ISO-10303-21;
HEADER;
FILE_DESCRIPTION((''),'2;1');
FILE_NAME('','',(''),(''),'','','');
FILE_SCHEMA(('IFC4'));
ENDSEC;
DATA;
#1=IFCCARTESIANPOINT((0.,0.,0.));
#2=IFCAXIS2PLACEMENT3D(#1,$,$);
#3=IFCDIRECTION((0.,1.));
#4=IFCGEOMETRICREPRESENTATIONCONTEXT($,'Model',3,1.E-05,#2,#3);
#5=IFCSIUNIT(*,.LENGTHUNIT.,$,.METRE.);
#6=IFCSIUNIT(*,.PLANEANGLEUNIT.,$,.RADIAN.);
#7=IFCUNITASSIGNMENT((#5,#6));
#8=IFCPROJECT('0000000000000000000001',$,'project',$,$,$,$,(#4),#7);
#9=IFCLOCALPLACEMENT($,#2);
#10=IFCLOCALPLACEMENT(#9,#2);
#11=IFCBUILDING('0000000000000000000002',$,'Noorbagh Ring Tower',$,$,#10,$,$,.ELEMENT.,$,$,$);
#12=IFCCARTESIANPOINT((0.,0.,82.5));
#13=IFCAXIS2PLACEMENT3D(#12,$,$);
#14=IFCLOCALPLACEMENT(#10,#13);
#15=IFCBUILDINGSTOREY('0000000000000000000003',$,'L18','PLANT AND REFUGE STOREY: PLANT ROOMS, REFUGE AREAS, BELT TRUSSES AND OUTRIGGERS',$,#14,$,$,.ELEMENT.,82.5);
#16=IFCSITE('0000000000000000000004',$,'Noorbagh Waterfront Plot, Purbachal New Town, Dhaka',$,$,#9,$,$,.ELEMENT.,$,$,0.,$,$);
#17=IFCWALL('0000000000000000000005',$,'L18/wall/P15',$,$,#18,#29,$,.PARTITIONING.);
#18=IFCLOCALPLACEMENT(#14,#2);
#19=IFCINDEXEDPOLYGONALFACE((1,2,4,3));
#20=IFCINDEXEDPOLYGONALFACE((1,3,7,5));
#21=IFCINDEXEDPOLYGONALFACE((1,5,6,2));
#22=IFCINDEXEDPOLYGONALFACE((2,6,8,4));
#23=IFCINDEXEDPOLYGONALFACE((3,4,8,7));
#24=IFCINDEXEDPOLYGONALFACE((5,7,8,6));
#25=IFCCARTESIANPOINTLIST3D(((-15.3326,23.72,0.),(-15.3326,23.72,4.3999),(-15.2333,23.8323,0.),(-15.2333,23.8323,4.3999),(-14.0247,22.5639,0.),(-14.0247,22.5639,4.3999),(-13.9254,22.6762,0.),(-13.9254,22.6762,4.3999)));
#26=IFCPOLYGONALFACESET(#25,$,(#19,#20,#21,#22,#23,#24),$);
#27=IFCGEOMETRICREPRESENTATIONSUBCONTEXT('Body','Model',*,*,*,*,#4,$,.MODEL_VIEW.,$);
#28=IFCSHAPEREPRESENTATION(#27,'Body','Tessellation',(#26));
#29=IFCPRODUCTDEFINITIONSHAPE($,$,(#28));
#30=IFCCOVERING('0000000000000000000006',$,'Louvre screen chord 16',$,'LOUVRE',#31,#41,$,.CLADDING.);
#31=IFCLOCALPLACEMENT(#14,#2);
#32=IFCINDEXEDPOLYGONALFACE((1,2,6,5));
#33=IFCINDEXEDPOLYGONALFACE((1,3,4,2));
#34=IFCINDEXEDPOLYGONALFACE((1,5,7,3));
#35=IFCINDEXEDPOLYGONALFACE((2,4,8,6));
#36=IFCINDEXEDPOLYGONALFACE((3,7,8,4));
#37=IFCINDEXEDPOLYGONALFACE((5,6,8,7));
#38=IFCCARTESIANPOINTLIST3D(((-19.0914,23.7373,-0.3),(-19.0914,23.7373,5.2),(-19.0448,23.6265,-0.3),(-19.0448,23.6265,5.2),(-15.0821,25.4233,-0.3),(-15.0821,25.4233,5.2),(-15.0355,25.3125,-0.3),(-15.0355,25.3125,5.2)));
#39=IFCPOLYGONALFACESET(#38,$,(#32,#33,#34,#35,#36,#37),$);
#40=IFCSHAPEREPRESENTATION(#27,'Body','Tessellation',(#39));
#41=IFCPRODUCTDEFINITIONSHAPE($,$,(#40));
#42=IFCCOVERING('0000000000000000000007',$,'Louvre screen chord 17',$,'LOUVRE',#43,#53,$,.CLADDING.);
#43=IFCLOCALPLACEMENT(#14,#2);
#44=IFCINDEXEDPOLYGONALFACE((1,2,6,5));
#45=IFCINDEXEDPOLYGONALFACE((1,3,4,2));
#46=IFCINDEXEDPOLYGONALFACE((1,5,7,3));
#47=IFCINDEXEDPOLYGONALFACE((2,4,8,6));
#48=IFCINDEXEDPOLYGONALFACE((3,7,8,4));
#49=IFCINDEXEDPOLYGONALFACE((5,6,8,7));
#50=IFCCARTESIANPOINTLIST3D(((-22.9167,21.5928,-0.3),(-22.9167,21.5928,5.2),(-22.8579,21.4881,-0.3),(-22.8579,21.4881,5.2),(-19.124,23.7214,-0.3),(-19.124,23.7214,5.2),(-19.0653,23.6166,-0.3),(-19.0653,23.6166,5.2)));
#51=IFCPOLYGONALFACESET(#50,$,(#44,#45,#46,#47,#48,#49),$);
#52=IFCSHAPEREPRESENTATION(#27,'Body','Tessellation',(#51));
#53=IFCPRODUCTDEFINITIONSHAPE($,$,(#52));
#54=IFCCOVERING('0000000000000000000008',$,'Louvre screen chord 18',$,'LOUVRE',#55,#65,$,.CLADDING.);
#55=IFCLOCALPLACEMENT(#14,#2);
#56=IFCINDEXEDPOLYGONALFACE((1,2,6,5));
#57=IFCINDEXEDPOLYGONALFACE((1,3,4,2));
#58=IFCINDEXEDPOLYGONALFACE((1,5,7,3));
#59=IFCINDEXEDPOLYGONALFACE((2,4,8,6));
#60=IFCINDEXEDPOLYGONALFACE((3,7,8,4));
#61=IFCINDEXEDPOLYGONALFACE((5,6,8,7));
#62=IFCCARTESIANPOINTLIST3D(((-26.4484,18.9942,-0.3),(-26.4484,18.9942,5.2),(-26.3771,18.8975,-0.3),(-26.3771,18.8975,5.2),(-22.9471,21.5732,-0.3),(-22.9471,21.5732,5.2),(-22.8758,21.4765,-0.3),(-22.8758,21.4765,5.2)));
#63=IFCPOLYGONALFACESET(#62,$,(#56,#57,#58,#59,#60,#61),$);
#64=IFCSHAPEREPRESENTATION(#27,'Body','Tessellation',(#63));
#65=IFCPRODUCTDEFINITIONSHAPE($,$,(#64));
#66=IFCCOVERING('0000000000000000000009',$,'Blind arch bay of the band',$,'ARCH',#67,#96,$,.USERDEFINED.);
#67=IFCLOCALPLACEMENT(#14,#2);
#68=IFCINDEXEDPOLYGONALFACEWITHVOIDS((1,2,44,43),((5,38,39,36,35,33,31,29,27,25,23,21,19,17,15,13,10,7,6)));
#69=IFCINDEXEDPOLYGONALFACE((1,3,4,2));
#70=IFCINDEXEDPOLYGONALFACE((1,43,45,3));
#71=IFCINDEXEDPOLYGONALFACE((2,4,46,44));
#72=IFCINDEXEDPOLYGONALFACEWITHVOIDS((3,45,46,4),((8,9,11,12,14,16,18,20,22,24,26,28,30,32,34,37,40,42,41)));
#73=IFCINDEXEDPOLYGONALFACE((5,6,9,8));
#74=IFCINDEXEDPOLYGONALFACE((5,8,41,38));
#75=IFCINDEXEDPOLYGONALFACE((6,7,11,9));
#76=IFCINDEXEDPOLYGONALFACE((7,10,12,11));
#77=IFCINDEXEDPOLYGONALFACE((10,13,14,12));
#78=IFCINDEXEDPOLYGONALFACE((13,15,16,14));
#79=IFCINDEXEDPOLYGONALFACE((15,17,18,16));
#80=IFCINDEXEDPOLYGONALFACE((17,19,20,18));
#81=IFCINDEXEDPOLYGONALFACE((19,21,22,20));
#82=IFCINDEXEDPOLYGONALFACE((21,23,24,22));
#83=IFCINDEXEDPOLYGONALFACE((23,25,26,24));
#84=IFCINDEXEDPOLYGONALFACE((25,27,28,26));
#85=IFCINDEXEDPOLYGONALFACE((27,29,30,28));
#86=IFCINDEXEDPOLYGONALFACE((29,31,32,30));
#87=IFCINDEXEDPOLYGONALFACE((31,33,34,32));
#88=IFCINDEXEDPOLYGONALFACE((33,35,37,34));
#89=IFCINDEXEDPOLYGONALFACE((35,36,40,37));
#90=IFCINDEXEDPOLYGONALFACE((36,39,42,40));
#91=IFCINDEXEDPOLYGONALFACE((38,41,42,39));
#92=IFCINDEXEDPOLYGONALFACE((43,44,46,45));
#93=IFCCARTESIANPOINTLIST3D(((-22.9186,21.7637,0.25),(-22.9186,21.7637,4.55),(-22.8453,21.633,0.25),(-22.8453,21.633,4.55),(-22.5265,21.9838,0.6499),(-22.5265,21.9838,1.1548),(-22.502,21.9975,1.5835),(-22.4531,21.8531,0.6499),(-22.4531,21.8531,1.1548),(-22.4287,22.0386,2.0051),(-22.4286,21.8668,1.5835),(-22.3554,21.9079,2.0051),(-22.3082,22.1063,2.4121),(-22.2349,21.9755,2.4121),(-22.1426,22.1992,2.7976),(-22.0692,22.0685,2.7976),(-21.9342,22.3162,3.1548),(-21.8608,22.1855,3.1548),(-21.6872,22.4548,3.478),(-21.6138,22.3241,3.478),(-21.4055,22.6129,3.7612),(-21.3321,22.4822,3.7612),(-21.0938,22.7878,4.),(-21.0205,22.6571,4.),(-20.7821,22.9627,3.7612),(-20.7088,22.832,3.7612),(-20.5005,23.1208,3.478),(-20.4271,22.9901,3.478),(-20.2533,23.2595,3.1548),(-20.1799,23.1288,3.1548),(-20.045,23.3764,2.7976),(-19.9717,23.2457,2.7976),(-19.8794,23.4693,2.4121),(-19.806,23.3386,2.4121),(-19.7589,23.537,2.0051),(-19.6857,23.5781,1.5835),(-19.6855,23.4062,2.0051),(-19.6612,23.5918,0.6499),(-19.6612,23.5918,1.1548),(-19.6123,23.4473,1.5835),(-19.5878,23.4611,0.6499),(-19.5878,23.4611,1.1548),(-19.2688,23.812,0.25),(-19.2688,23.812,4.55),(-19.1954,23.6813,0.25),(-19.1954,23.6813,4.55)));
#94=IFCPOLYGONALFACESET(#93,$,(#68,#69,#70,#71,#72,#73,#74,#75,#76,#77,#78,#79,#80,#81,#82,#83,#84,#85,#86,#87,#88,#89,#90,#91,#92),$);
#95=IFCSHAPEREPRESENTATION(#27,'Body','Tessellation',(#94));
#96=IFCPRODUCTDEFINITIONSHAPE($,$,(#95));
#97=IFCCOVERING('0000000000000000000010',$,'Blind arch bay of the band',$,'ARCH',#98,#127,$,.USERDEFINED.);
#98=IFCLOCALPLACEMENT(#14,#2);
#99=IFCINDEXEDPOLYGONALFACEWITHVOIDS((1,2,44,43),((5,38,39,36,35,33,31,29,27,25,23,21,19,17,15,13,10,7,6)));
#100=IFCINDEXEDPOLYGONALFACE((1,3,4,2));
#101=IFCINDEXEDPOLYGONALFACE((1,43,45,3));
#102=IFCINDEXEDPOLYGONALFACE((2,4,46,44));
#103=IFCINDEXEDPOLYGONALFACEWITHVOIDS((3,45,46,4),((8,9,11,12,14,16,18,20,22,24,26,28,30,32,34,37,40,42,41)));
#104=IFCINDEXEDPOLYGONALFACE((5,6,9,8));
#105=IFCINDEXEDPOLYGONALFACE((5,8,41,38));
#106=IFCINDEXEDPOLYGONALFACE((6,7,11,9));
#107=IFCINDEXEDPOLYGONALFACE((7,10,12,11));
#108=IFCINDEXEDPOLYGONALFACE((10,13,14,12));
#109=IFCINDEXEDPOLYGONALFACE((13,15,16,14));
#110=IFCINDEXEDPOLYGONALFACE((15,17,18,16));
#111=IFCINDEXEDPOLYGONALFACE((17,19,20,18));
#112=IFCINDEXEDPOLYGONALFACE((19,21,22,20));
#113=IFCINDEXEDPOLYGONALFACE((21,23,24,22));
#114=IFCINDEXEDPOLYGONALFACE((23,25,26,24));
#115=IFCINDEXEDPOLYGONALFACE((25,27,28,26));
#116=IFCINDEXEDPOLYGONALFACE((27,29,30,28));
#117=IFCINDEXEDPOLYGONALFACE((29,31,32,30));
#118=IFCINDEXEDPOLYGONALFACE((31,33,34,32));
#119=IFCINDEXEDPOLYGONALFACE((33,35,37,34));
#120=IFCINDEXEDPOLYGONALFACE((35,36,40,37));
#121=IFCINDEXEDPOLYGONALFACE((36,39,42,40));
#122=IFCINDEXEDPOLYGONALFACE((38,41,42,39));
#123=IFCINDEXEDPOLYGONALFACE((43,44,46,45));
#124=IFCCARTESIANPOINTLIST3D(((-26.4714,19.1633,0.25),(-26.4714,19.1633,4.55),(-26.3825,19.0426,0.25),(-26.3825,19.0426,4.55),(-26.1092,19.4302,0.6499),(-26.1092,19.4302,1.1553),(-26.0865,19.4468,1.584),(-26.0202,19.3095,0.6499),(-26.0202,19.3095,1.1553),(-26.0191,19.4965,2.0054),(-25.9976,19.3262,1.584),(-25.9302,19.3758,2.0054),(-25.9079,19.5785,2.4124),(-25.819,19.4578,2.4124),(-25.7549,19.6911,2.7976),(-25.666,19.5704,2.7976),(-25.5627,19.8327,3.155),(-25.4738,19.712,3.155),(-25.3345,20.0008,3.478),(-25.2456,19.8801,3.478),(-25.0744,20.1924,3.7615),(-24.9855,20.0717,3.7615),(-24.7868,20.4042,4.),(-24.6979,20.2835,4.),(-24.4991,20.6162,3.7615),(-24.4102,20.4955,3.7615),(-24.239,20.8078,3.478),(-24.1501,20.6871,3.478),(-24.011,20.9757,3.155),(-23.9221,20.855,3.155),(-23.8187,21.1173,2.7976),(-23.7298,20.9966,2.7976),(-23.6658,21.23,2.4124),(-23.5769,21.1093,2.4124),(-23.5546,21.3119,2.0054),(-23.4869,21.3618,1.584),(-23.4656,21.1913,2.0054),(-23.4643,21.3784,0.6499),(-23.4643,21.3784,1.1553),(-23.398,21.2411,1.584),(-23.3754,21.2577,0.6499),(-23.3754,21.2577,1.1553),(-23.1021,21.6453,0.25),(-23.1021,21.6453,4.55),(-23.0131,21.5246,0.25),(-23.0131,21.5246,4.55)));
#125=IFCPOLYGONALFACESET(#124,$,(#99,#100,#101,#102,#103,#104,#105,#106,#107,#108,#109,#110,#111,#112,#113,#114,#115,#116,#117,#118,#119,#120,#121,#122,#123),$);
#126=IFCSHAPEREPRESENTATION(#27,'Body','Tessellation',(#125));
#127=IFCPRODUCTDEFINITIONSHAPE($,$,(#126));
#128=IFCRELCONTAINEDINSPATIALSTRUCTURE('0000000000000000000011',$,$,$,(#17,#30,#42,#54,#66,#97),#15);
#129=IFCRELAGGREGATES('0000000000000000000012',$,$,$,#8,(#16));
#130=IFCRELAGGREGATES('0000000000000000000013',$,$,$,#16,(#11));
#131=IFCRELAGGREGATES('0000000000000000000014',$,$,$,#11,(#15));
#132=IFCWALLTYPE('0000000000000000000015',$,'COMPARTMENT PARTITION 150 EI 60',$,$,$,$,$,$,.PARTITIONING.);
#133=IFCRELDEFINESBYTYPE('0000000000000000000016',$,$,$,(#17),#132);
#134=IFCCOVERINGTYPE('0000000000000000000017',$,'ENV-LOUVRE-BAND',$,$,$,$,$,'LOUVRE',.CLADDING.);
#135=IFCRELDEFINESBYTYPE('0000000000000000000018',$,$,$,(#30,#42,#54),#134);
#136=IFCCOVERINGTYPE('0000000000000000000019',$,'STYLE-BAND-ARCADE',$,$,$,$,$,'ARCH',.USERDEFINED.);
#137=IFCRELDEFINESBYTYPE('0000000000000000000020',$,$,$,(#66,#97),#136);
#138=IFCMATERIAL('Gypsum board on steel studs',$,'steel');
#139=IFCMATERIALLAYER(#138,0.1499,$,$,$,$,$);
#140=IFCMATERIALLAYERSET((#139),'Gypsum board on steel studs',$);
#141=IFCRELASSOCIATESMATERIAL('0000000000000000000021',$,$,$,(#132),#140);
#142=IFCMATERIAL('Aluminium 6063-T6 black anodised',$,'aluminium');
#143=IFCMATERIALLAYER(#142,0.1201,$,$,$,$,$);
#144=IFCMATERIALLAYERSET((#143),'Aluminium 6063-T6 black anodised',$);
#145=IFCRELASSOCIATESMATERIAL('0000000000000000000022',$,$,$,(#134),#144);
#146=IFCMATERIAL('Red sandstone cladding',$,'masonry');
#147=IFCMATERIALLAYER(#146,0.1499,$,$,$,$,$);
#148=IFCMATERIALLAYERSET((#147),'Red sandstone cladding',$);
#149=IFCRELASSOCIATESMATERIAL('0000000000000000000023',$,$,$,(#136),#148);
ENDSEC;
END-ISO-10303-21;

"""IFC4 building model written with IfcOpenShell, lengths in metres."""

from ifc_helpers import new_model, si_unit, direction, frame, frame_2d, origin, origin_2d, place, context, subcontext, project, spatial, polyline, rectangle, outline, extrude, material, layer, layer_set, type_object, element, save


model = new_model("IFC4")

# Units and contexts
model_context = context("Model", 3, precision=1e-05, world=origin(), true_north=direction((0.0, 1.0)))
body_context = subcontext(model_context, "Body", "Model", "MODEL_VIEW")
ifc_project = project(units=[si_unit("LENGTHUNIT", "METRE"), si_unit("PLANEANGLEUNIT", "RADIAN")], contexts=[model_context])

# Site, building, storey
site_placement = place(None, origin())
site = spatial("IfcSite", under=ifc_project, at=site_placement, Name="Noorbagh Waterfront Plot, Purbachal New Town, Dhaka", CompositionType="ELEMENT", RefElevation=0.0)
building_placement = place(site_placement, origin())
building = spatial("IfcBuilding", under=site, at=building_placement, Name="Noorbagh Ring Tower", CompositionType="ELEMENT")
storey_placement = place(building_placement, frame((0.0, 0.0, 82.5)))
storey = spatial("IfcBuildingStorey", under=building, at=storey_placement, Name="L18", Description="PLANT AND REFUGE STOREY: PLANT ROOMS, REFUGE AREAS, BELT TRUSSES AND OUTRIGGERS", CompositionType="ELEMENT", Elevation=82.5)

# Shared definitions
ifc_material_1 = material(Name="Gypsum board on steel studs", Category="steel")
ifc_layer_1 = layer(ifc_material_1, 0.1499)
ifc_layer_set_1 = layer_set([ifc_layer_1], Name="Gypsum board on steel studs")
wall_type = type_object("IfcWallType", Name="COMPARTMENT PARTITION 150 EI 60", PredefinedType="PARTITIONING", material=ifc_layer_set_1)

# Wall
wall_1_placement = place(storey_placement, frame((-15.283, 23.7761, 0.0), z_axis=(0.0, 0.0, 1.0), x_axis=(0.749266, -0.662269, 0.0)))
element("IfcWall", 1, at=wall_1_placement, inside=storey, type_object=wall_type, Name="L18/wall/P15", PredefinedType="PARTITIONING", context=body_context, shape_type="SweptSolid", body=[
    extrude(rectangle(XDim=1.7456, YDim=0.1499, at=frame_2d((0.8728, 0.0))), origin(), (0.0, 0.0, 1.0), 4.3999),
])

# Coverings
ifc_material_2 = material(Name="Aluminium 6063-T6 black anodised", Category="aluminium")
ifc_layer_2 = layer(ifc_material_2, 0.1201)
ifc_layer_set_2 = layer_set([ifc_layer_2], Name="Aluminium 6063-T6 black anodised")
covering_type_1 = type_object("IfcCoveringType", Name="ENV-LOUVRE-BAND", ElementType="LOUVRE", PredefinedType="CLADDING", material=ifc_layer_set_2)
covering_1_placement = place(storey_placement, frame((-17.0635, 24.5249, -0.3), z_axis=(0.0, 0.0, 1.0), x_axis=(-0.921812, -0.387638, 0.0)))
element("IfcCovering", 2, at=covering_1_placement, inside=storey, type_object=covering_type_1, Name="Louvre screen chord 16", ObjectType="LOUVRE", PredefinedType="CLADDING", context=body_context, shape_type="SweptSolid", body=[
    extrude(rectangle(XDim=4.3494, YDim=0.1201, at=origin_2d()), origin(), (0.0, 0.0, 1.0), 5.5),
])
covering_2_placement = place(storey_placement, frame((-20.991, 22.6047, -0.3), z_axis=(0.0, 0.0, 1.0), x_axis=(-0.872045, -0.489426, 0.0)))
element("IfcCovering", 3, at=covering_2_placement, inside=storey, type_object=covering_type_1, Name="Louvre screen chord 17", ObjectType="LOUVRE", PredefinedType="CLADDING", context=body_context, shape_type="SweptSolid", body=[
    extrude(rectangle(XDim=4.3491, YDim=0.1201, at=origin_2d()), origin(), (0.0, 0.0, 1.0), 5.5),
])
covering_3_placement = place(storey_placement, frame((-24.6621, 20.2354, -0.3), z_axis=(0.0, 0.0, 1.0), x_axis=(-0.805153, -0.593067, 0.0)))
element("IfcCovering", 4, at=covering_3_placement, inside=storey, type_object=covering_type_1, Name="Louvre screen chord 18", ObjectType="LOUVRE", PredefinedType="CLADDING", context=body_context, shape_type="SweptSolid", body=[
    extrude(rectangle(XDim=4.3486, YDim=0.1201, at=origin_2d()), origin(), (0.0, 0.0, 1.0), 5.5),
])
ifc_material_3 = material(Name="Red sandstone cladding", Category="masonry")
ifc_layer_3 = layer(ifc_material_3, 0.1499)
ifc_layer_set_3 = layer_set([ifc_layer_3], Name="Red sandstone cladding")
covering_type_2 = type_object("IfcCoveringType", Name="STYLE-BAND-ARCADE", ElementType="ARCH", PredefinedType="USERDEFINED", material=ifc_layer_set_3)
covering_4_placement = place(storey_placement, frame((-19.2688, 23.812, 0.25), z_axis=(-0.489402, 0.872058, 0.0), x_axis=(-0.872058, -0.489402, 0.0)))
element("IfcCovering", 5, at=covering_4_placement, inside=storey, type_object=covering_type_2, Name="Blind arch bay of the band", ObjectType="ARCH", PredefinedType="USERDEFINED", context=body_context, shape_type="SweptSolid", body=[
    extrude(outline(polyline([(0.0, 0.0), (4.1853, 0.0), (4.1853, 4.3), (0.0, 4.3), (0.0, 0.0)]), holes=[polyline([(0.45, 0.3999), (0.45, 0.9048), (0.478, 1.3335), (0.562, 1.7551), (0.7002, 2.1621), (0.8901, 2.5476), (1.1289, 2.9048), (1.4124, 3.228), (1.7354, 3.5112), (2.0928, 3.75), (2.4502, 3.5112), (2.7732, 3.228), (3.0564, 2.9048), (3.2954, 2.5476), (3.4854, 2.1621), (3.6235, 1.7551), (3.7075, 1.3335), (3.7356, 0.9048), (3.7356, 0.3999), (0.45, 0.3999)])]), origin(), (0.0, 0.0, -1.0), 0.1499),
])
covering_5_placement = place(storey_placement, frame((-23.1021, 21.6453, 0.25), z_axis=(-0.59308, 0.805144, 0.0), x_axis=(-0.805144, -0.59308, 0.0)))
element("IfcCovering", 6, at=covering_5_placement, inside=storey, type_object=covering_type_2, Name="Blind arch bay of the band", ObjectType="ARCH", PredefinedType="USERDEFINED", context=body_context, shape_type="SweptSolid", body=[
    extrude(outline(polyline([(0.0, 0.0), (4.1848, 0.0), (4.1848, 4.3), (0.0, 4.3), (0.0, 0.0)]), holes=[polyline([(0.45, 0.3999), (0.45, 0.9053), (0.478, 1.334), (0.562, 1.7554), (0.7002, 2.1624), (0.8901, 2.5476), (1.1289, 2.905), (1.4121, 3.228), (1.7351, 3.5115), (2.0925, 3.75), (2.4497, 3.5115), (2.7727, 3.228), (3.0562, 2.905), (3.2949, 2.5476), (3.4849, 2.1624), (3.623, 1.7554), (3.7068, 1.334), (3.7349, 0.9053), (3.7349, 0.3999), (0.45, 0.3999)])]), origin(), (0.0, 0.0, -1.0), 0.1499),
])

save(model, "model.ifc")
